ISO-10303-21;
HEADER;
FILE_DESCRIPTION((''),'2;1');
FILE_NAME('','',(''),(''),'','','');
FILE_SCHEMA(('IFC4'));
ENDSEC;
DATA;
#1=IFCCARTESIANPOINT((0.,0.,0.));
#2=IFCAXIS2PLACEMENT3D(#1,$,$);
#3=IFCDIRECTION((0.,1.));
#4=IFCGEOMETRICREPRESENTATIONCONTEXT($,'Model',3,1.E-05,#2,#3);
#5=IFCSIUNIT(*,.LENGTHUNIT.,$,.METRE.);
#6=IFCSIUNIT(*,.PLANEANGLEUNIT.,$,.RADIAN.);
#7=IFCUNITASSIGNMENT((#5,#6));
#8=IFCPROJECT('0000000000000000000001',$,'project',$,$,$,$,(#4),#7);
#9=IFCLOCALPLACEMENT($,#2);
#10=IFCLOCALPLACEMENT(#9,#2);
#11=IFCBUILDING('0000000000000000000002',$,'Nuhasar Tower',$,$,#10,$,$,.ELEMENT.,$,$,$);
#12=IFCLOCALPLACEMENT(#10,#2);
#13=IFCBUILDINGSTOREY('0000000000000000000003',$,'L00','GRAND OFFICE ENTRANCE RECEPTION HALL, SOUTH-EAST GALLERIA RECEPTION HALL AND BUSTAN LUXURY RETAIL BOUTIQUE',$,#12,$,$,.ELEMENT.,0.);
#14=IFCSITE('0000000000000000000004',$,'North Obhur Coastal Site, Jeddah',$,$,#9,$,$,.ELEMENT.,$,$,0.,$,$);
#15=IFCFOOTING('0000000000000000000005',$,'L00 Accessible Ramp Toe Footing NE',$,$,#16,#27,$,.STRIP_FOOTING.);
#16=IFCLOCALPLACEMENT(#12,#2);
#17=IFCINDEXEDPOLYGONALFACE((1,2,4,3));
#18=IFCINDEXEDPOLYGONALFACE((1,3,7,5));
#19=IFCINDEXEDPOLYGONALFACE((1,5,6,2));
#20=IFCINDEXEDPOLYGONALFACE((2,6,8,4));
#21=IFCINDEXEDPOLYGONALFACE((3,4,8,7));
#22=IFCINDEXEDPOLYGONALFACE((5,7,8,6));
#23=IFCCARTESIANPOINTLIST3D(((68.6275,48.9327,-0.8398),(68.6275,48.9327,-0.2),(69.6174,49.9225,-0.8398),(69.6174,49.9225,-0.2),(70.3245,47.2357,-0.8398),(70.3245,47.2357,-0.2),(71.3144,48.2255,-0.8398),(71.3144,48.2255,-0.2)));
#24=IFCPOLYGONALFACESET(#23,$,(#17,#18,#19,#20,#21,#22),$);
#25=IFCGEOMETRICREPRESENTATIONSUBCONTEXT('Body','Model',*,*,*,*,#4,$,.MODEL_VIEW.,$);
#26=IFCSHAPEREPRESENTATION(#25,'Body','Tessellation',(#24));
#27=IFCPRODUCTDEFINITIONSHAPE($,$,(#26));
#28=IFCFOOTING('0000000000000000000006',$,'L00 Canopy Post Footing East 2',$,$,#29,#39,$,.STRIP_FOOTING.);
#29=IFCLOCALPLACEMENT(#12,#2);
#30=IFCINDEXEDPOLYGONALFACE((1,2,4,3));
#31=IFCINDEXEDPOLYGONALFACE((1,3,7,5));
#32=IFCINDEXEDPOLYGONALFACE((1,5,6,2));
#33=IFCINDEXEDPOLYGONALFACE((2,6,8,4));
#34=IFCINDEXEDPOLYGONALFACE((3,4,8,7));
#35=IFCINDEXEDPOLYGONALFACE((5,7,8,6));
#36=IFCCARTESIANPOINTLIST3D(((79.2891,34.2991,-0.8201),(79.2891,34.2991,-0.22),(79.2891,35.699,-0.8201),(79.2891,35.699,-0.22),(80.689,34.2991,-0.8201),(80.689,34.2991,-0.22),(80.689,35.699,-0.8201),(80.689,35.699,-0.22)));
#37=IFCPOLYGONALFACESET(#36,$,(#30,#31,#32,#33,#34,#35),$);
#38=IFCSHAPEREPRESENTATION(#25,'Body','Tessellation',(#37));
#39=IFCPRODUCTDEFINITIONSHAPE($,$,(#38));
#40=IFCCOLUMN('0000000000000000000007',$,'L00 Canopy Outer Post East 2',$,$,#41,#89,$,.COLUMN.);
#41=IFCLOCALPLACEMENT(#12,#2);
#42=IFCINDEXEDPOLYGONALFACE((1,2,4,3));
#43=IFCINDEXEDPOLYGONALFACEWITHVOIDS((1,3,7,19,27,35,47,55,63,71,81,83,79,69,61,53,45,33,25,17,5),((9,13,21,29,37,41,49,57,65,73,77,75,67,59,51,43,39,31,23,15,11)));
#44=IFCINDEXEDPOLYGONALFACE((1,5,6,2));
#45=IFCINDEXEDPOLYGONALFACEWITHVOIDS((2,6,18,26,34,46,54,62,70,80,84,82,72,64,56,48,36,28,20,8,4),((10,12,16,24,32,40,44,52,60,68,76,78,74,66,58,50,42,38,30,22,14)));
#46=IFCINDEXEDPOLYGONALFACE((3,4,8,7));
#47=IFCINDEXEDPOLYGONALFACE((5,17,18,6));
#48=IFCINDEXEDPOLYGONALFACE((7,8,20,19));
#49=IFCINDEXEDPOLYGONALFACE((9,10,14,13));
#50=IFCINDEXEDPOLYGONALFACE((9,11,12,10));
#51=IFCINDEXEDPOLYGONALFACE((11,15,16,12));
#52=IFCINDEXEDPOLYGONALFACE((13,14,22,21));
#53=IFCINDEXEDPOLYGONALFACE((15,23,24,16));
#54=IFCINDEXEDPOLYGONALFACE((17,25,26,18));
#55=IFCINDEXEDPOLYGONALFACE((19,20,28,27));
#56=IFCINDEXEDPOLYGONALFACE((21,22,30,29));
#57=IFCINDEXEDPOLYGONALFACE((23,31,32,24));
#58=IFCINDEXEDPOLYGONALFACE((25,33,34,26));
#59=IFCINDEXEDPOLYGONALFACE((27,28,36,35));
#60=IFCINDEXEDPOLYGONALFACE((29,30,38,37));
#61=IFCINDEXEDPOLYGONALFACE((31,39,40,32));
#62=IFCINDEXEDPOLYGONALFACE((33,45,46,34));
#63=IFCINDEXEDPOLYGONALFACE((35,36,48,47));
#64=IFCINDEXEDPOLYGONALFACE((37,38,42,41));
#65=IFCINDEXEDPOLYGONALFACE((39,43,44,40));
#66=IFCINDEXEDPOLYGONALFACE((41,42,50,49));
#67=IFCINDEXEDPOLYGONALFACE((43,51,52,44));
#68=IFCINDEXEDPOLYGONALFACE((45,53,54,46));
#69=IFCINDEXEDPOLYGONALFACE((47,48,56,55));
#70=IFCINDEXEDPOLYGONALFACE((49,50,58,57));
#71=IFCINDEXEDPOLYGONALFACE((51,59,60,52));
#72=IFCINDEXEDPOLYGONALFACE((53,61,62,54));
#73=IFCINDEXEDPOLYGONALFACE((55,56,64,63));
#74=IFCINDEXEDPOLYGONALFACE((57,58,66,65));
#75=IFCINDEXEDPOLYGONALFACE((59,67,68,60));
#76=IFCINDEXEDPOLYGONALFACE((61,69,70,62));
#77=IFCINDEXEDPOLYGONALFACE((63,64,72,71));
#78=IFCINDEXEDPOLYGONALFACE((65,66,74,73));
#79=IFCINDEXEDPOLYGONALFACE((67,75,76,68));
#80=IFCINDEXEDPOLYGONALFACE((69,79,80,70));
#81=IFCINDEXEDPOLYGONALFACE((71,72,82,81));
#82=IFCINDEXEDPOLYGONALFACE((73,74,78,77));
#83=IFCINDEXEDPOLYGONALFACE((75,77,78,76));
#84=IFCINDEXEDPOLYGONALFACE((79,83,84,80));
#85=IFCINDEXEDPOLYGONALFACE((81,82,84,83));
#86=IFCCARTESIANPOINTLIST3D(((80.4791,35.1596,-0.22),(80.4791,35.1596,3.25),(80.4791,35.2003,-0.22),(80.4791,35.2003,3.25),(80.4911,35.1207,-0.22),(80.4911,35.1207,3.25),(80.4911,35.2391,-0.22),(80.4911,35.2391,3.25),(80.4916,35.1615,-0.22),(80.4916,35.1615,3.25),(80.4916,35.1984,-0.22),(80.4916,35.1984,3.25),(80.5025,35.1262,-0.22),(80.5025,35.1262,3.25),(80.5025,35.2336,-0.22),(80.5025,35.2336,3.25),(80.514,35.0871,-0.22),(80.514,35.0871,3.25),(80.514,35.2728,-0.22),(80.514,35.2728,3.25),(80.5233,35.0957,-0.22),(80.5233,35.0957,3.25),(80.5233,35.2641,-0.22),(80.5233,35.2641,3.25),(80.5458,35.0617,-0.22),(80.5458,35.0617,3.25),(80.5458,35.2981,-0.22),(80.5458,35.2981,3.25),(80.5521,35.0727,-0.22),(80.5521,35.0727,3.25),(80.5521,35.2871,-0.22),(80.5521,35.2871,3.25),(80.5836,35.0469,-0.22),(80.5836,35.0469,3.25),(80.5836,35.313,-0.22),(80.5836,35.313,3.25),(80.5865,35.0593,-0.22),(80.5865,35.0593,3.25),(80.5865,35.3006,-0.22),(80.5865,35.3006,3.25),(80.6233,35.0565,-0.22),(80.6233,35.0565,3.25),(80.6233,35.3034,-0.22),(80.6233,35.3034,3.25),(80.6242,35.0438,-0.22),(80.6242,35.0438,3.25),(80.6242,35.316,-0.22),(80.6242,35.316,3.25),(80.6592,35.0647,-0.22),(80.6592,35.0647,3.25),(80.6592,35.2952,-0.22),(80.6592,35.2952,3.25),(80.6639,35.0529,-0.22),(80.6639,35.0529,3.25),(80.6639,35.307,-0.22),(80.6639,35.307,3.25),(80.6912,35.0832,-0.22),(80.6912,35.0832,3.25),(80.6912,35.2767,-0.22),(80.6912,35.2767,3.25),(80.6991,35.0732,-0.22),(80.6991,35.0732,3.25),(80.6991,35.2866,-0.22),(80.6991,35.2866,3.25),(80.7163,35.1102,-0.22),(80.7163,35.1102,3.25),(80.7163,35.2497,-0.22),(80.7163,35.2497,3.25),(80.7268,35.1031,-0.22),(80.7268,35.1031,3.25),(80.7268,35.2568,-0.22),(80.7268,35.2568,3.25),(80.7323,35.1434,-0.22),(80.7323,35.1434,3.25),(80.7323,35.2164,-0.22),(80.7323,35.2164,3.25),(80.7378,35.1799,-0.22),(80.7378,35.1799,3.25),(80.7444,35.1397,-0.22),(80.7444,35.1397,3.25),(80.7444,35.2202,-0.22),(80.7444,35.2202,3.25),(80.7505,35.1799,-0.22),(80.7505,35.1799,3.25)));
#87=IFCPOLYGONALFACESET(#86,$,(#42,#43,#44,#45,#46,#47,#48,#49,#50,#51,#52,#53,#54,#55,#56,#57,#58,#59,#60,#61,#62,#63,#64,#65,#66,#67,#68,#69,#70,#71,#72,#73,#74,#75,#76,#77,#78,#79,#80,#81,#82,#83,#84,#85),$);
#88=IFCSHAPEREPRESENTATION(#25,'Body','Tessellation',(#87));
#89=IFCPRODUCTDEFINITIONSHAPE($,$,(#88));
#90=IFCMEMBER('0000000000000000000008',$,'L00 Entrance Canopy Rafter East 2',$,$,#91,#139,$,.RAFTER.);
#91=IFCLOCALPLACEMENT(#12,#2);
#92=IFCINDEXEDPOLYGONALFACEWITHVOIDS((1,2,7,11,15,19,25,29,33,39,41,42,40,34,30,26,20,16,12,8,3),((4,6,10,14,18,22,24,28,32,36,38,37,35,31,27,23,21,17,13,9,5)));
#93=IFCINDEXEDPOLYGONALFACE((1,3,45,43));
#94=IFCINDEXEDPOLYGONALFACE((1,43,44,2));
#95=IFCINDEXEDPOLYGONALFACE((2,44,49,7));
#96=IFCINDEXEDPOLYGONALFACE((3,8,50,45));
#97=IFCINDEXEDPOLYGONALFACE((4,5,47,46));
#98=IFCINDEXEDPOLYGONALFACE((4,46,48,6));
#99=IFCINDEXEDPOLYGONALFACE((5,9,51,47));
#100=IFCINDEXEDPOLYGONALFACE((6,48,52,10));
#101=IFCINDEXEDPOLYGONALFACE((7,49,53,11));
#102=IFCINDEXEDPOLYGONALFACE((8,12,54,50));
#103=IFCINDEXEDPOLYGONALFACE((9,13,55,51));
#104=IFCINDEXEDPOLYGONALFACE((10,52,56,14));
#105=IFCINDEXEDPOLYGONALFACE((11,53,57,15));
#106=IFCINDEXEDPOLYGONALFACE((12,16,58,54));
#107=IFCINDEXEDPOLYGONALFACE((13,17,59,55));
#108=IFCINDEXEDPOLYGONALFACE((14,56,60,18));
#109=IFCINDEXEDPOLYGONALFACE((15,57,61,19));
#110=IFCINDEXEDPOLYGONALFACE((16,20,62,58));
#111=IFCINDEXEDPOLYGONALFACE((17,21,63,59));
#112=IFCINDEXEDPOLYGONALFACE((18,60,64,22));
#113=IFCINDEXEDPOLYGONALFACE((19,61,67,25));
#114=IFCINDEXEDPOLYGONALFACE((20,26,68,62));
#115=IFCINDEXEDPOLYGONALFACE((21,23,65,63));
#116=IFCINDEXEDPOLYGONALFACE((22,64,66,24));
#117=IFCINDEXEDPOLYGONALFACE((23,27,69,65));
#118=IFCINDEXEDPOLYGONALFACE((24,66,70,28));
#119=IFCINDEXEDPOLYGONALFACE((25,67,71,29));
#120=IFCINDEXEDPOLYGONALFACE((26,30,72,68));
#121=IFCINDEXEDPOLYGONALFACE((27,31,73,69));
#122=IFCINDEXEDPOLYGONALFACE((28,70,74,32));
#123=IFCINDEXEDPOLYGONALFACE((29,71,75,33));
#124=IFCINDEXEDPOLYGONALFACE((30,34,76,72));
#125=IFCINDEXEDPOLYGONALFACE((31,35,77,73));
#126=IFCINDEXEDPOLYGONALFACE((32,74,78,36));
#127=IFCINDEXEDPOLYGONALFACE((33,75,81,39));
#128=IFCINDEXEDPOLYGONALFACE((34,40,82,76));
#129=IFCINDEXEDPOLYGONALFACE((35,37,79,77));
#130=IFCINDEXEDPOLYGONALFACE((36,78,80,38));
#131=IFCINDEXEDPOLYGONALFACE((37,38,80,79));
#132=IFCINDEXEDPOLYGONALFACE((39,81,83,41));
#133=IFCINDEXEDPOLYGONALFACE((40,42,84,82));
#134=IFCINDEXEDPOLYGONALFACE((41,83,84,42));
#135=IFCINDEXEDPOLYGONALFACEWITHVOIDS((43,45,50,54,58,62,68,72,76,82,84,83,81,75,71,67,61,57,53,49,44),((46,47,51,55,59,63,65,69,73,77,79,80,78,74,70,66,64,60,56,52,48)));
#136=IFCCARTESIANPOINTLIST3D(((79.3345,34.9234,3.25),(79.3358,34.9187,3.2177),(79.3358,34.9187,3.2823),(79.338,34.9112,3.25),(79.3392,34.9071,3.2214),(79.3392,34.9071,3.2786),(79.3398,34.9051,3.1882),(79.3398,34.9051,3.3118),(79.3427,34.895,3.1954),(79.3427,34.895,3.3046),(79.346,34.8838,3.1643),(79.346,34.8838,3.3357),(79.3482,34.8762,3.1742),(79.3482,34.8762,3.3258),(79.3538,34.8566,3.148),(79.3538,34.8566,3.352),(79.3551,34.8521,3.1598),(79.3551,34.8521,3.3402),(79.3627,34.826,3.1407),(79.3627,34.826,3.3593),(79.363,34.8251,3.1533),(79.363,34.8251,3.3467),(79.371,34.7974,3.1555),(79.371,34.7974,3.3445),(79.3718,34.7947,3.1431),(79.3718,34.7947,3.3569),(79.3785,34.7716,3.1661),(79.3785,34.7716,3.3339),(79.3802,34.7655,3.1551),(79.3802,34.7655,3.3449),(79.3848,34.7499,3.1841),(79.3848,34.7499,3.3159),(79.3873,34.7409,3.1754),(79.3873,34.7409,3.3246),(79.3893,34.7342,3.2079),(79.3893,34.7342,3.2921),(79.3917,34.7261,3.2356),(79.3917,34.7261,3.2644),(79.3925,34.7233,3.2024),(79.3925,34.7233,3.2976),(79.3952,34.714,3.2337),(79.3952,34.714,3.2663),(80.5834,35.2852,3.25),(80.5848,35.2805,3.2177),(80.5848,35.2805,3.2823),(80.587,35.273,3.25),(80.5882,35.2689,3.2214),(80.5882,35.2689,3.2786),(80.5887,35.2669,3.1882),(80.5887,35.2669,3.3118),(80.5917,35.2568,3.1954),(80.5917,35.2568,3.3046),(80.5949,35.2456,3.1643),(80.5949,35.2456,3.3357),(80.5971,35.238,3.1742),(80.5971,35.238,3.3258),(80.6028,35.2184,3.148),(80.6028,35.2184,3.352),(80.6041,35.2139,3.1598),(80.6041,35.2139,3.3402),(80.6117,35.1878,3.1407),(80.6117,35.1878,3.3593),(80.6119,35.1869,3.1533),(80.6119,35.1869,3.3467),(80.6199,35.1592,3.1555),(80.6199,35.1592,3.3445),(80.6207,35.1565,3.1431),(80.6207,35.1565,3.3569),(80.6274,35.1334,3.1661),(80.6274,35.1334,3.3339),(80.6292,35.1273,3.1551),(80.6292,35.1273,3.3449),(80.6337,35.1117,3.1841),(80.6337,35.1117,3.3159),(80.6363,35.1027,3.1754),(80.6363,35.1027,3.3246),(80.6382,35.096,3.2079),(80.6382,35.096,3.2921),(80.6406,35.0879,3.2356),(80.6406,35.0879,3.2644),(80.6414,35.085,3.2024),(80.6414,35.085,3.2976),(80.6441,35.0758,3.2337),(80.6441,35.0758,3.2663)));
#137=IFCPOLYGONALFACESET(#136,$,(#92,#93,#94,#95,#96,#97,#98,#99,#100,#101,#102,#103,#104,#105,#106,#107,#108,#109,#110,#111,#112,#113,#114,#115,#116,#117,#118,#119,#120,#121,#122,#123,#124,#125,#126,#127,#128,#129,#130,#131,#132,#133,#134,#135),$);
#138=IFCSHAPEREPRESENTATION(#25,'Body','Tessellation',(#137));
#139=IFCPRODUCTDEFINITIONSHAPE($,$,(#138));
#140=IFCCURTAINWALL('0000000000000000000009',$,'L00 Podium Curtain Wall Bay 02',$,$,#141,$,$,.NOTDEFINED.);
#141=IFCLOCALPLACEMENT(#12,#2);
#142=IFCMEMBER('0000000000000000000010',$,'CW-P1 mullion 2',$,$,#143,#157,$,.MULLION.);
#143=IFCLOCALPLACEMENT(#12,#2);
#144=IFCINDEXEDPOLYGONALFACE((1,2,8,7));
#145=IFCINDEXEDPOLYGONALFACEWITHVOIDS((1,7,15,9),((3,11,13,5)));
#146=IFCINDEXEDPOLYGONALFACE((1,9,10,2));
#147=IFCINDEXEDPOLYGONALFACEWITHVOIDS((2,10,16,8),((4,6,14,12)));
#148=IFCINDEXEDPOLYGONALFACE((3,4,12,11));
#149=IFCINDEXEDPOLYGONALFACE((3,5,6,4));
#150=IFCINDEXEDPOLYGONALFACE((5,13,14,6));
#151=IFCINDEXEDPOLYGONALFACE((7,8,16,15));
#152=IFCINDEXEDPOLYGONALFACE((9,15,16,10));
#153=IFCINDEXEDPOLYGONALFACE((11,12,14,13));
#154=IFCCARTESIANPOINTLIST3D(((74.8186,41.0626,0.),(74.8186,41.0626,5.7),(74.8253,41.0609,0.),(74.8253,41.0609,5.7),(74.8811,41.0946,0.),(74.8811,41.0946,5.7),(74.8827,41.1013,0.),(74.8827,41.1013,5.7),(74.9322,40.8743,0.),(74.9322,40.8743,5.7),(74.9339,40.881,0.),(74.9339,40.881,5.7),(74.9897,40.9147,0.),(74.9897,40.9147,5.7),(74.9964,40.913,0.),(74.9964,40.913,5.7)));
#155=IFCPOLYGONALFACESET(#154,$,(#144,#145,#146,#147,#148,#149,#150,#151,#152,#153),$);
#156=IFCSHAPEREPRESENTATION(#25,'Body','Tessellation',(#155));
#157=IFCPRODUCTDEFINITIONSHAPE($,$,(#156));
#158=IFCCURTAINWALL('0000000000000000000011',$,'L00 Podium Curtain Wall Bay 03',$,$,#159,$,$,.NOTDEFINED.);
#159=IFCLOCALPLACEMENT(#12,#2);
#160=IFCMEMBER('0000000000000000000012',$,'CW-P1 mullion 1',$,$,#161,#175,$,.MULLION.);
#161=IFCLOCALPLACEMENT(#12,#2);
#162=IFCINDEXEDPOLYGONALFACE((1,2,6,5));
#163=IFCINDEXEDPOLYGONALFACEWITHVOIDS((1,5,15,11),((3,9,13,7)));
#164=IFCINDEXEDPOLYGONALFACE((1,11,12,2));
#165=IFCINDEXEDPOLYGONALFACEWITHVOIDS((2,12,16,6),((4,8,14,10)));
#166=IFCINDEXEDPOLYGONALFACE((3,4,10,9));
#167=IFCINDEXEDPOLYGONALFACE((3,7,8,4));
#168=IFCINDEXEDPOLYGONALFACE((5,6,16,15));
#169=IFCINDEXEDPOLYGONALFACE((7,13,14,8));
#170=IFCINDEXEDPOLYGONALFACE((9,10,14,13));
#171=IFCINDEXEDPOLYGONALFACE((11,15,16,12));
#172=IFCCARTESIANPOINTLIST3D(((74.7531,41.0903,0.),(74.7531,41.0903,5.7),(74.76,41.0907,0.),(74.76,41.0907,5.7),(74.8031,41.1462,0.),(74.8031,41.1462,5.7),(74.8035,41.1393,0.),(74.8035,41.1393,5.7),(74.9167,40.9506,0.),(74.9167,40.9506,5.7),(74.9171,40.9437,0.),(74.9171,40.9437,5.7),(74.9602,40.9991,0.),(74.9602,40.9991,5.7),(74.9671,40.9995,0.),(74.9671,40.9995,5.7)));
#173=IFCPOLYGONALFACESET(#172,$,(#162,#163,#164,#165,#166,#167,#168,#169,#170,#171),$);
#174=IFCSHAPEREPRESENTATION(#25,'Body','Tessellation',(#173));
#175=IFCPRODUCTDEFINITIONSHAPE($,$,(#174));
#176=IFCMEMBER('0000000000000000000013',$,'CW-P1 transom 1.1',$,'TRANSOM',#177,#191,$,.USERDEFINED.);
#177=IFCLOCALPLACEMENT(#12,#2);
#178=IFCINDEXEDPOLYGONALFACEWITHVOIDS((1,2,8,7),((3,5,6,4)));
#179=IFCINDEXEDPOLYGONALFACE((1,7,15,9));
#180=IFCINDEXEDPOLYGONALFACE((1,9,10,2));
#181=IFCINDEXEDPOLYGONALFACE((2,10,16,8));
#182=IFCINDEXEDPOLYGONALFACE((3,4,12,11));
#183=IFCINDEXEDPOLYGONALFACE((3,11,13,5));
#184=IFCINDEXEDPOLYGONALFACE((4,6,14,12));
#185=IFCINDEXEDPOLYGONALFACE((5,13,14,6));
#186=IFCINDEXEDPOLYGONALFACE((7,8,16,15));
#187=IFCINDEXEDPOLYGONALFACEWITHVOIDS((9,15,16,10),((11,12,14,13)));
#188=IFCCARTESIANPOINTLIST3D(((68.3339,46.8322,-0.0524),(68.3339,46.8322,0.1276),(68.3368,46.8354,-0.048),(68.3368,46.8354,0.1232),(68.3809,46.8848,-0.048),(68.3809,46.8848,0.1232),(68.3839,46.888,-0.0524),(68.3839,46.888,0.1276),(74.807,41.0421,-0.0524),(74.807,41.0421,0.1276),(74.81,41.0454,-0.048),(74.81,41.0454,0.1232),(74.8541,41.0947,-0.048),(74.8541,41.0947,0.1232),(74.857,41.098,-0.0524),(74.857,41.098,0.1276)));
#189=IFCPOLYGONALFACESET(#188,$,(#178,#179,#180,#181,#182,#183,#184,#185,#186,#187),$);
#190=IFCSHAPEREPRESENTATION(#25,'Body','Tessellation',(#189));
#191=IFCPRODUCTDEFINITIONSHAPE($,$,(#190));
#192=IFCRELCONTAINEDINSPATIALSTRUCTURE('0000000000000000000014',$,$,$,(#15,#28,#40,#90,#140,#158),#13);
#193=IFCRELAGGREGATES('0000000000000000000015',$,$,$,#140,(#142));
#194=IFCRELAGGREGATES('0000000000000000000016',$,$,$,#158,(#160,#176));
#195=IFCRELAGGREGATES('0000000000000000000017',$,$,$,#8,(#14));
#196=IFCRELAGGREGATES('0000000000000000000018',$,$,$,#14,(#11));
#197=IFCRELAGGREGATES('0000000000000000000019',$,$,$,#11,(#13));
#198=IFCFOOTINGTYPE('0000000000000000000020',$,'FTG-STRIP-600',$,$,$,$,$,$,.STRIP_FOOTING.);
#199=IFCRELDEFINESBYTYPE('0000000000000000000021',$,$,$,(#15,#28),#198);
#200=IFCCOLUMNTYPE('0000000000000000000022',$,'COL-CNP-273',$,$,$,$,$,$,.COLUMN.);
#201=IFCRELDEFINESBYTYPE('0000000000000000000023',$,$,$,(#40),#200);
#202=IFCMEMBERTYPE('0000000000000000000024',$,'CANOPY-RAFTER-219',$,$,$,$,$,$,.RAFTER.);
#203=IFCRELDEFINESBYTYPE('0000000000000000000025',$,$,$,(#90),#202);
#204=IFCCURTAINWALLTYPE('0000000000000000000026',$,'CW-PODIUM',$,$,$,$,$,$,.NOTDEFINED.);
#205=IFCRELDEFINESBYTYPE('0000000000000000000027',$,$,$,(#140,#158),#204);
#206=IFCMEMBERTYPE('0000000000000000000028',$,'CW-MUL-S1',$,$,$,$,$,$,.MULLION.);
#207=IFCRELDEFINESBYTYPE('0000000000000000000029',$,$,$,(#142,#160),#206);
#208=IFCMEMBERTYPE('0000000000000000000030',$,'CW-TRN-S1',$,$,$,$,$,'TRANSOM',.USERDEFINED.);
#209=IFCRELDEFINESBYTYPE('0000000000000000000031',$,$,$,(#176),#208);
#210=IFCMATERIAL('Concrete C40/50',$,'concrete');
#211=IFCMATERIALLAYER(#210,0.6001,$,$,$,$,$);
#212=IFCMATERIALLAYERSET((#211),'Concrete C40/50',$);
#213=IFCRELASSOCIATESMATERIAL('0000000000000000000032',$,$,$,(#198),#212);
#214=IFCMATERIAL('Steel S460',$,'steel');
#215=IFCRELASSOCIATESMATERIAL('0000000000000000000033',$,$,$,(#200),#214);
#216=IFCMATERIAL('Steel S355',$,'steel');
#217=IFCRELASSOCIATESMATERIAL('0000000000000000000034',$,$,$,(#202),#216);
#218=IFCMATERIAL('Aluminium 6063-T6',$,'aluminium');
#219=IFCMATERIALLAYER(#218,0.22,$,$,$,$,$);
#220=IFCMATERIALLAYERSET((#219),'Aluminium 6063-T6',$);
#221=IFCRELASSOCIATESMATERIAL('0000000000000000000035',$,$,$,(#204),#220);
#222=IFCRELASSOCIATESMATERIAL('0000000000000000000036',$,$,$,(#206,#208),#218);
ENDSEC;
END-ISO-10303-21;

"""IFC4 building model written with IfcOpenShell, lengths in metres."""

from ifc_helpers import new_model, si_unit, direction, frame, origin, origin_2d, place, context, subcontext, project, spatial, rectangle, hollow_rectangle, hollow_circle, extrude, material, layer, layer_set, material_profile, profile_set, type_object, element, aggregate, save


model = new_model("IFC4")

# Units and contexts
model_context = context("Model", 3, precision=1e-05, world=origin(), true_north=direction((0.0, 1.0)))
body_context = subcontext(model_context, "Body", "Model", "MODEL_VIEW")
ifc_project = project(units=[si_unit("LENGTHUNIT", "METRE"), si_unit("PLANEANGLEUNIT", "RADIAN")], contexts=[model_context])

# Site, building, storey
site_placement = place(None, origin())
site = spatial("IfcSite", under=ifc_project, at=site_placement, Name="North Obhur Coastal Site, Jeddah", CompositionType="ELEMENT", RefElevation=0.0)
building_placement = place(site_placement, origin())
building = spatial("IfcBuilding", under=site, at=building_placement, Name="Nuhasar Tower", CompositionType="ELEMENT")
storey_placement = place(building_placement, origin())
storey = spatial("IfcBuildingStorey", under=building, at=storey_placement, Name="L00", Description="GRAND OFFICE ENTRANCE RECEPTION HALL, SOUTH-EAST GALLERIA RECEPTION HALL AND BUSTAN LUXURY RETAIL BOUTIQUE", CompositionType="ELEMENT", Elevation=0.0)

# Footings
ifc_material_1 = material(Name="Concrete C40/50", Category="concrete")
ifc_layer_1 = layer(ifc_material_1, 0.6001)
ifc_layer_set_1 = layer_set([ifc_layer_1], Name="Concrete C40/50")
footing_type = type_object("IfcFootingType", Name="FTG-STRIP-600", PredefinedType="STRIP_FOOTING", material=ifc_layer_set_1)
footing_1_placement = place(storey_placement, frame((69.9709, 48.5791, -0.8398), z_axis=(0.0, 0.0, 1.0), x_axis=(0.707107, 0.707107, 0.0)))
element("IfcFooting", 1, at=footing_1_placement, inside=storey, type_object=footing_type, Name="L00 Accessible Ramp Toe Footing NE", PredefinedType="STRIP_FOOTING", context=body_context, shape_type="SweptSolid", body=[
    extrude(rectangle(XDim=1.3999, YDim=2.3999, at=origin_2d()), origin(), (0.0, 0.0, 1.0), 0.6399),
])
footing_2_placement = place(storey_placement, frame((79.989, 34.999, -0.8201), z_axis=(0.0, 0.0, 1.0), x_axis=(1.0, 0.0, 0.0)))
element("IfcFooting", 2, at=footing_2_placement, inside=storey, type_object=footing_type, Name="L00 Canopy Post Footing East 2", PredefinedType="STRIP_FOOTING", context=body_context, shape_type="SweptSolid", body=[
    extrude(rectangle(XDim=1.3999, YDim=1.3999, at=origin_2d()), origin(), (0.0, 0.0, 1.0), 0.6001),
])

# Column
ifc_material_2 = material(Name="Steel S460", Category="steel")
ifc_material_profile_1 = material_profile(ifc_material_2, hollow_circle(Radius=0.1365, WallThickness=0.0127, at=origin_2d()), Name="HSS273.1X12.7")
ifc_profile_set_1 = profile_set([ifc_material_profile_1], Name="Steel S460")
column_type = type_object("IfcColumnType", Name="COL-CNP-273", PredefinedType="COLUMN", material=ifc_profile_set_1)
column_placement = place(storey_placement, frame((80.614, 35.1799, -0.22), z_axis=(0.0, 0.0, 1.0), x_axis=(1.0, 0.0, 0.0)))
element("IfcColumn", 3, at=column_placement, inside=storey, type_object=column_type, Name="L00 Canopy Outer Post East 2", PredefinedType="COLUMN", context=body_context, shape_type="SweptSolid", body=[
    extrude(hollow_circle(Radius=0.1365, WallThickness=0.0127, at=origin_2d()), origin(), (0.0, 0.0, 1.0), 3.47),
])

# Member
ifc_material_3 = material(Name="Steel S355", Category="steel")
ifc_material_profile_2 = material_profile(ifc_material_3, hollow_circle(Radius=0.1096, WallThickness=0.0127, at=origin_2d()), Name="HSS219.1X12.7")
ifc_profile_set_2 = profile_set([ifc_material_profile_2], Name="Steel S355")
member_type_1 = type_object("IfcMemberType", Name="CANOPY-RAFTER-219", PredefinedType="RAFTER", material=ifc_profile_set_2)
member_1_placement = place(storey_placement, frame((79.365, 34.8181, 3.25), z_axis=(0.960511, 0.27824, 0.0), x_axis=(-0.27824, 0.960511, 0.0)))
element("IfcMember", 4, at=member_1_placement, inside=storey, type_object=member_type_1, Name="L00 Entrance Canopy Rafter East 2", PredefinedType="RAFTER", context=body_context, shape_type="SweptSolid", body=[
    extrude(hollow_circle(Radius=0.1096, WallThickness=0.0127, at=origin_2d()), origin(), (0.0, 0.0, 1.0), 1.3003),
])

# Curtain wall, member
ifc_material_4 = material(Name="Aluminium 6063-T6", Category="aluminium")
ifc_layer_2 = layer(ifc_material_4, 0.22)
ifc_layer_set_2 = layer_set([ifc_layer_2], Name="Aluminium 6063-T6")
curtain_wall_type = type_object("IfcCurtainWallType", Name="CW-PODIUM", PredefinedType="NOTDEFINED", material=ifc_layer_set_2)
curtain_wall_1_placement = place(storey_placement, origin())
curtain_wall_1 = element("IfcCurtainWall", 5, at=curtain_wall_1_placement, inside=storey, type_object=curtain_wall_type, Name="L00 Podium Curtain Wall Bay 02", PredefinedType="NOTDEFINED")
ifc_material_profile_3 = material_profile(ifc_material_4, hollow_rectangle(XDim=0.075, YDim=0.22, WallThickness=0.0049, at=origin_2d()), Name="CWM-1")
ifc_profile_set_3 = profile_set([ifc_material_profile_3], Name="Aluminium 6063-T6")
member_type_2 = type_object("IfcMemberType", Name="CW-MUL-S1", PredefinedType="MULLION", material=ifc_profile_set_3)
member_2_placement = place(storey_placement, frame((74.9075, 40.9878, 0.0), z_axis=(0.0, 0.0, 1.0), x_axis=(-0.856135, -0.516752, 0.0)))
member_2 = element("IfcMember", 6, at=member_2_placement, type_object=member_type_2, Name="CW-P1 mullion 2", PredefinedType="MULLION", context=body_context, shape_type="SweptSolid", body=[
    extrude(hollow_rectangle(XDim=0.075, YDim=0.22, WallThickness=0.0049, at=origin_2d()), origin(), (0.0, 0.0, 1.0), 5.7),
])

# Curtain wall, members
curtain_wall_2_placement = place(storey_placement, origin())
curtain_wall_2 = element("IfcCurtainWall", 7, at=curtain_wall_2_placement, inside=storey, type_object=curtain_wall_type, Name="L00 Podium Curtain Wall Bay 03", PredefinedType="NOTDEFINED")
member_3_placement = place(storey_placement, frame((74.8601, 41.0449, 0.0), z_axis=(0.0, 0.0, 1.0), x_axis=(-0.666679, -0.745345, 0.0)))
member_3 = element("IfcMember", 8, at=member_3_placement, type_object=member_type_2, Name="CW-P1 mullion 1", PredefinedType="MULLION", context=body_context, shape_type="SweptSolid", body=[
    extrude(hollow_rectangle(XDim=0.075, YDim=0.22, WallThickness=0.0049, at=origin_2d()), origin(), (0.0, 0.0, 1.0), 5.7),
])
ifc_material_profile_4 = material_profile(ifc_material_4, hollow_rectangle(XDim=0.075, YDim=0.1799, WallThickness=0.0044, at=origin_2d()), Name="CWT-1")
ifc_profile_set_4 = profile_set([ifc_material_profile_4], Name="Aluminium 6063-T6")
member_type_3 = type_object("IfcMemberType", Name="CW-TRN-S1", ElementType="TRANSOM", PredefinedType="USERDEFINED", material=ifc_profile_set_4)
member_4_placement = place(storey_placement, frame((74.832, 41.0701, 0.0376), z_axis=(-0.74534, 0.666685, 0.0), x_axis=(-0.666685, -0.74534, 0.0)))
member_4 = element("IfcMember", 9, at=member_4_placement, type_object=member_type_3, Name="CW-P1 transom 1.1", ObjectType="TRANSOM", PredefinedType="USERDEFINED", context=body_context, shape_type="SweptSolid", body=[
    extrude(hollow_rectangle(XDim=0.075, YDim=0.1799, WallThickness=0.0044, at=origin_2d()), origin(), (0.0, 0.0, 1.0), 8.6848),
])

aggregate(curtain_wall_1, [member_2])
aggregate(curtain_wall_2, [member_3, member_4])

save(model, "model.ifc")
